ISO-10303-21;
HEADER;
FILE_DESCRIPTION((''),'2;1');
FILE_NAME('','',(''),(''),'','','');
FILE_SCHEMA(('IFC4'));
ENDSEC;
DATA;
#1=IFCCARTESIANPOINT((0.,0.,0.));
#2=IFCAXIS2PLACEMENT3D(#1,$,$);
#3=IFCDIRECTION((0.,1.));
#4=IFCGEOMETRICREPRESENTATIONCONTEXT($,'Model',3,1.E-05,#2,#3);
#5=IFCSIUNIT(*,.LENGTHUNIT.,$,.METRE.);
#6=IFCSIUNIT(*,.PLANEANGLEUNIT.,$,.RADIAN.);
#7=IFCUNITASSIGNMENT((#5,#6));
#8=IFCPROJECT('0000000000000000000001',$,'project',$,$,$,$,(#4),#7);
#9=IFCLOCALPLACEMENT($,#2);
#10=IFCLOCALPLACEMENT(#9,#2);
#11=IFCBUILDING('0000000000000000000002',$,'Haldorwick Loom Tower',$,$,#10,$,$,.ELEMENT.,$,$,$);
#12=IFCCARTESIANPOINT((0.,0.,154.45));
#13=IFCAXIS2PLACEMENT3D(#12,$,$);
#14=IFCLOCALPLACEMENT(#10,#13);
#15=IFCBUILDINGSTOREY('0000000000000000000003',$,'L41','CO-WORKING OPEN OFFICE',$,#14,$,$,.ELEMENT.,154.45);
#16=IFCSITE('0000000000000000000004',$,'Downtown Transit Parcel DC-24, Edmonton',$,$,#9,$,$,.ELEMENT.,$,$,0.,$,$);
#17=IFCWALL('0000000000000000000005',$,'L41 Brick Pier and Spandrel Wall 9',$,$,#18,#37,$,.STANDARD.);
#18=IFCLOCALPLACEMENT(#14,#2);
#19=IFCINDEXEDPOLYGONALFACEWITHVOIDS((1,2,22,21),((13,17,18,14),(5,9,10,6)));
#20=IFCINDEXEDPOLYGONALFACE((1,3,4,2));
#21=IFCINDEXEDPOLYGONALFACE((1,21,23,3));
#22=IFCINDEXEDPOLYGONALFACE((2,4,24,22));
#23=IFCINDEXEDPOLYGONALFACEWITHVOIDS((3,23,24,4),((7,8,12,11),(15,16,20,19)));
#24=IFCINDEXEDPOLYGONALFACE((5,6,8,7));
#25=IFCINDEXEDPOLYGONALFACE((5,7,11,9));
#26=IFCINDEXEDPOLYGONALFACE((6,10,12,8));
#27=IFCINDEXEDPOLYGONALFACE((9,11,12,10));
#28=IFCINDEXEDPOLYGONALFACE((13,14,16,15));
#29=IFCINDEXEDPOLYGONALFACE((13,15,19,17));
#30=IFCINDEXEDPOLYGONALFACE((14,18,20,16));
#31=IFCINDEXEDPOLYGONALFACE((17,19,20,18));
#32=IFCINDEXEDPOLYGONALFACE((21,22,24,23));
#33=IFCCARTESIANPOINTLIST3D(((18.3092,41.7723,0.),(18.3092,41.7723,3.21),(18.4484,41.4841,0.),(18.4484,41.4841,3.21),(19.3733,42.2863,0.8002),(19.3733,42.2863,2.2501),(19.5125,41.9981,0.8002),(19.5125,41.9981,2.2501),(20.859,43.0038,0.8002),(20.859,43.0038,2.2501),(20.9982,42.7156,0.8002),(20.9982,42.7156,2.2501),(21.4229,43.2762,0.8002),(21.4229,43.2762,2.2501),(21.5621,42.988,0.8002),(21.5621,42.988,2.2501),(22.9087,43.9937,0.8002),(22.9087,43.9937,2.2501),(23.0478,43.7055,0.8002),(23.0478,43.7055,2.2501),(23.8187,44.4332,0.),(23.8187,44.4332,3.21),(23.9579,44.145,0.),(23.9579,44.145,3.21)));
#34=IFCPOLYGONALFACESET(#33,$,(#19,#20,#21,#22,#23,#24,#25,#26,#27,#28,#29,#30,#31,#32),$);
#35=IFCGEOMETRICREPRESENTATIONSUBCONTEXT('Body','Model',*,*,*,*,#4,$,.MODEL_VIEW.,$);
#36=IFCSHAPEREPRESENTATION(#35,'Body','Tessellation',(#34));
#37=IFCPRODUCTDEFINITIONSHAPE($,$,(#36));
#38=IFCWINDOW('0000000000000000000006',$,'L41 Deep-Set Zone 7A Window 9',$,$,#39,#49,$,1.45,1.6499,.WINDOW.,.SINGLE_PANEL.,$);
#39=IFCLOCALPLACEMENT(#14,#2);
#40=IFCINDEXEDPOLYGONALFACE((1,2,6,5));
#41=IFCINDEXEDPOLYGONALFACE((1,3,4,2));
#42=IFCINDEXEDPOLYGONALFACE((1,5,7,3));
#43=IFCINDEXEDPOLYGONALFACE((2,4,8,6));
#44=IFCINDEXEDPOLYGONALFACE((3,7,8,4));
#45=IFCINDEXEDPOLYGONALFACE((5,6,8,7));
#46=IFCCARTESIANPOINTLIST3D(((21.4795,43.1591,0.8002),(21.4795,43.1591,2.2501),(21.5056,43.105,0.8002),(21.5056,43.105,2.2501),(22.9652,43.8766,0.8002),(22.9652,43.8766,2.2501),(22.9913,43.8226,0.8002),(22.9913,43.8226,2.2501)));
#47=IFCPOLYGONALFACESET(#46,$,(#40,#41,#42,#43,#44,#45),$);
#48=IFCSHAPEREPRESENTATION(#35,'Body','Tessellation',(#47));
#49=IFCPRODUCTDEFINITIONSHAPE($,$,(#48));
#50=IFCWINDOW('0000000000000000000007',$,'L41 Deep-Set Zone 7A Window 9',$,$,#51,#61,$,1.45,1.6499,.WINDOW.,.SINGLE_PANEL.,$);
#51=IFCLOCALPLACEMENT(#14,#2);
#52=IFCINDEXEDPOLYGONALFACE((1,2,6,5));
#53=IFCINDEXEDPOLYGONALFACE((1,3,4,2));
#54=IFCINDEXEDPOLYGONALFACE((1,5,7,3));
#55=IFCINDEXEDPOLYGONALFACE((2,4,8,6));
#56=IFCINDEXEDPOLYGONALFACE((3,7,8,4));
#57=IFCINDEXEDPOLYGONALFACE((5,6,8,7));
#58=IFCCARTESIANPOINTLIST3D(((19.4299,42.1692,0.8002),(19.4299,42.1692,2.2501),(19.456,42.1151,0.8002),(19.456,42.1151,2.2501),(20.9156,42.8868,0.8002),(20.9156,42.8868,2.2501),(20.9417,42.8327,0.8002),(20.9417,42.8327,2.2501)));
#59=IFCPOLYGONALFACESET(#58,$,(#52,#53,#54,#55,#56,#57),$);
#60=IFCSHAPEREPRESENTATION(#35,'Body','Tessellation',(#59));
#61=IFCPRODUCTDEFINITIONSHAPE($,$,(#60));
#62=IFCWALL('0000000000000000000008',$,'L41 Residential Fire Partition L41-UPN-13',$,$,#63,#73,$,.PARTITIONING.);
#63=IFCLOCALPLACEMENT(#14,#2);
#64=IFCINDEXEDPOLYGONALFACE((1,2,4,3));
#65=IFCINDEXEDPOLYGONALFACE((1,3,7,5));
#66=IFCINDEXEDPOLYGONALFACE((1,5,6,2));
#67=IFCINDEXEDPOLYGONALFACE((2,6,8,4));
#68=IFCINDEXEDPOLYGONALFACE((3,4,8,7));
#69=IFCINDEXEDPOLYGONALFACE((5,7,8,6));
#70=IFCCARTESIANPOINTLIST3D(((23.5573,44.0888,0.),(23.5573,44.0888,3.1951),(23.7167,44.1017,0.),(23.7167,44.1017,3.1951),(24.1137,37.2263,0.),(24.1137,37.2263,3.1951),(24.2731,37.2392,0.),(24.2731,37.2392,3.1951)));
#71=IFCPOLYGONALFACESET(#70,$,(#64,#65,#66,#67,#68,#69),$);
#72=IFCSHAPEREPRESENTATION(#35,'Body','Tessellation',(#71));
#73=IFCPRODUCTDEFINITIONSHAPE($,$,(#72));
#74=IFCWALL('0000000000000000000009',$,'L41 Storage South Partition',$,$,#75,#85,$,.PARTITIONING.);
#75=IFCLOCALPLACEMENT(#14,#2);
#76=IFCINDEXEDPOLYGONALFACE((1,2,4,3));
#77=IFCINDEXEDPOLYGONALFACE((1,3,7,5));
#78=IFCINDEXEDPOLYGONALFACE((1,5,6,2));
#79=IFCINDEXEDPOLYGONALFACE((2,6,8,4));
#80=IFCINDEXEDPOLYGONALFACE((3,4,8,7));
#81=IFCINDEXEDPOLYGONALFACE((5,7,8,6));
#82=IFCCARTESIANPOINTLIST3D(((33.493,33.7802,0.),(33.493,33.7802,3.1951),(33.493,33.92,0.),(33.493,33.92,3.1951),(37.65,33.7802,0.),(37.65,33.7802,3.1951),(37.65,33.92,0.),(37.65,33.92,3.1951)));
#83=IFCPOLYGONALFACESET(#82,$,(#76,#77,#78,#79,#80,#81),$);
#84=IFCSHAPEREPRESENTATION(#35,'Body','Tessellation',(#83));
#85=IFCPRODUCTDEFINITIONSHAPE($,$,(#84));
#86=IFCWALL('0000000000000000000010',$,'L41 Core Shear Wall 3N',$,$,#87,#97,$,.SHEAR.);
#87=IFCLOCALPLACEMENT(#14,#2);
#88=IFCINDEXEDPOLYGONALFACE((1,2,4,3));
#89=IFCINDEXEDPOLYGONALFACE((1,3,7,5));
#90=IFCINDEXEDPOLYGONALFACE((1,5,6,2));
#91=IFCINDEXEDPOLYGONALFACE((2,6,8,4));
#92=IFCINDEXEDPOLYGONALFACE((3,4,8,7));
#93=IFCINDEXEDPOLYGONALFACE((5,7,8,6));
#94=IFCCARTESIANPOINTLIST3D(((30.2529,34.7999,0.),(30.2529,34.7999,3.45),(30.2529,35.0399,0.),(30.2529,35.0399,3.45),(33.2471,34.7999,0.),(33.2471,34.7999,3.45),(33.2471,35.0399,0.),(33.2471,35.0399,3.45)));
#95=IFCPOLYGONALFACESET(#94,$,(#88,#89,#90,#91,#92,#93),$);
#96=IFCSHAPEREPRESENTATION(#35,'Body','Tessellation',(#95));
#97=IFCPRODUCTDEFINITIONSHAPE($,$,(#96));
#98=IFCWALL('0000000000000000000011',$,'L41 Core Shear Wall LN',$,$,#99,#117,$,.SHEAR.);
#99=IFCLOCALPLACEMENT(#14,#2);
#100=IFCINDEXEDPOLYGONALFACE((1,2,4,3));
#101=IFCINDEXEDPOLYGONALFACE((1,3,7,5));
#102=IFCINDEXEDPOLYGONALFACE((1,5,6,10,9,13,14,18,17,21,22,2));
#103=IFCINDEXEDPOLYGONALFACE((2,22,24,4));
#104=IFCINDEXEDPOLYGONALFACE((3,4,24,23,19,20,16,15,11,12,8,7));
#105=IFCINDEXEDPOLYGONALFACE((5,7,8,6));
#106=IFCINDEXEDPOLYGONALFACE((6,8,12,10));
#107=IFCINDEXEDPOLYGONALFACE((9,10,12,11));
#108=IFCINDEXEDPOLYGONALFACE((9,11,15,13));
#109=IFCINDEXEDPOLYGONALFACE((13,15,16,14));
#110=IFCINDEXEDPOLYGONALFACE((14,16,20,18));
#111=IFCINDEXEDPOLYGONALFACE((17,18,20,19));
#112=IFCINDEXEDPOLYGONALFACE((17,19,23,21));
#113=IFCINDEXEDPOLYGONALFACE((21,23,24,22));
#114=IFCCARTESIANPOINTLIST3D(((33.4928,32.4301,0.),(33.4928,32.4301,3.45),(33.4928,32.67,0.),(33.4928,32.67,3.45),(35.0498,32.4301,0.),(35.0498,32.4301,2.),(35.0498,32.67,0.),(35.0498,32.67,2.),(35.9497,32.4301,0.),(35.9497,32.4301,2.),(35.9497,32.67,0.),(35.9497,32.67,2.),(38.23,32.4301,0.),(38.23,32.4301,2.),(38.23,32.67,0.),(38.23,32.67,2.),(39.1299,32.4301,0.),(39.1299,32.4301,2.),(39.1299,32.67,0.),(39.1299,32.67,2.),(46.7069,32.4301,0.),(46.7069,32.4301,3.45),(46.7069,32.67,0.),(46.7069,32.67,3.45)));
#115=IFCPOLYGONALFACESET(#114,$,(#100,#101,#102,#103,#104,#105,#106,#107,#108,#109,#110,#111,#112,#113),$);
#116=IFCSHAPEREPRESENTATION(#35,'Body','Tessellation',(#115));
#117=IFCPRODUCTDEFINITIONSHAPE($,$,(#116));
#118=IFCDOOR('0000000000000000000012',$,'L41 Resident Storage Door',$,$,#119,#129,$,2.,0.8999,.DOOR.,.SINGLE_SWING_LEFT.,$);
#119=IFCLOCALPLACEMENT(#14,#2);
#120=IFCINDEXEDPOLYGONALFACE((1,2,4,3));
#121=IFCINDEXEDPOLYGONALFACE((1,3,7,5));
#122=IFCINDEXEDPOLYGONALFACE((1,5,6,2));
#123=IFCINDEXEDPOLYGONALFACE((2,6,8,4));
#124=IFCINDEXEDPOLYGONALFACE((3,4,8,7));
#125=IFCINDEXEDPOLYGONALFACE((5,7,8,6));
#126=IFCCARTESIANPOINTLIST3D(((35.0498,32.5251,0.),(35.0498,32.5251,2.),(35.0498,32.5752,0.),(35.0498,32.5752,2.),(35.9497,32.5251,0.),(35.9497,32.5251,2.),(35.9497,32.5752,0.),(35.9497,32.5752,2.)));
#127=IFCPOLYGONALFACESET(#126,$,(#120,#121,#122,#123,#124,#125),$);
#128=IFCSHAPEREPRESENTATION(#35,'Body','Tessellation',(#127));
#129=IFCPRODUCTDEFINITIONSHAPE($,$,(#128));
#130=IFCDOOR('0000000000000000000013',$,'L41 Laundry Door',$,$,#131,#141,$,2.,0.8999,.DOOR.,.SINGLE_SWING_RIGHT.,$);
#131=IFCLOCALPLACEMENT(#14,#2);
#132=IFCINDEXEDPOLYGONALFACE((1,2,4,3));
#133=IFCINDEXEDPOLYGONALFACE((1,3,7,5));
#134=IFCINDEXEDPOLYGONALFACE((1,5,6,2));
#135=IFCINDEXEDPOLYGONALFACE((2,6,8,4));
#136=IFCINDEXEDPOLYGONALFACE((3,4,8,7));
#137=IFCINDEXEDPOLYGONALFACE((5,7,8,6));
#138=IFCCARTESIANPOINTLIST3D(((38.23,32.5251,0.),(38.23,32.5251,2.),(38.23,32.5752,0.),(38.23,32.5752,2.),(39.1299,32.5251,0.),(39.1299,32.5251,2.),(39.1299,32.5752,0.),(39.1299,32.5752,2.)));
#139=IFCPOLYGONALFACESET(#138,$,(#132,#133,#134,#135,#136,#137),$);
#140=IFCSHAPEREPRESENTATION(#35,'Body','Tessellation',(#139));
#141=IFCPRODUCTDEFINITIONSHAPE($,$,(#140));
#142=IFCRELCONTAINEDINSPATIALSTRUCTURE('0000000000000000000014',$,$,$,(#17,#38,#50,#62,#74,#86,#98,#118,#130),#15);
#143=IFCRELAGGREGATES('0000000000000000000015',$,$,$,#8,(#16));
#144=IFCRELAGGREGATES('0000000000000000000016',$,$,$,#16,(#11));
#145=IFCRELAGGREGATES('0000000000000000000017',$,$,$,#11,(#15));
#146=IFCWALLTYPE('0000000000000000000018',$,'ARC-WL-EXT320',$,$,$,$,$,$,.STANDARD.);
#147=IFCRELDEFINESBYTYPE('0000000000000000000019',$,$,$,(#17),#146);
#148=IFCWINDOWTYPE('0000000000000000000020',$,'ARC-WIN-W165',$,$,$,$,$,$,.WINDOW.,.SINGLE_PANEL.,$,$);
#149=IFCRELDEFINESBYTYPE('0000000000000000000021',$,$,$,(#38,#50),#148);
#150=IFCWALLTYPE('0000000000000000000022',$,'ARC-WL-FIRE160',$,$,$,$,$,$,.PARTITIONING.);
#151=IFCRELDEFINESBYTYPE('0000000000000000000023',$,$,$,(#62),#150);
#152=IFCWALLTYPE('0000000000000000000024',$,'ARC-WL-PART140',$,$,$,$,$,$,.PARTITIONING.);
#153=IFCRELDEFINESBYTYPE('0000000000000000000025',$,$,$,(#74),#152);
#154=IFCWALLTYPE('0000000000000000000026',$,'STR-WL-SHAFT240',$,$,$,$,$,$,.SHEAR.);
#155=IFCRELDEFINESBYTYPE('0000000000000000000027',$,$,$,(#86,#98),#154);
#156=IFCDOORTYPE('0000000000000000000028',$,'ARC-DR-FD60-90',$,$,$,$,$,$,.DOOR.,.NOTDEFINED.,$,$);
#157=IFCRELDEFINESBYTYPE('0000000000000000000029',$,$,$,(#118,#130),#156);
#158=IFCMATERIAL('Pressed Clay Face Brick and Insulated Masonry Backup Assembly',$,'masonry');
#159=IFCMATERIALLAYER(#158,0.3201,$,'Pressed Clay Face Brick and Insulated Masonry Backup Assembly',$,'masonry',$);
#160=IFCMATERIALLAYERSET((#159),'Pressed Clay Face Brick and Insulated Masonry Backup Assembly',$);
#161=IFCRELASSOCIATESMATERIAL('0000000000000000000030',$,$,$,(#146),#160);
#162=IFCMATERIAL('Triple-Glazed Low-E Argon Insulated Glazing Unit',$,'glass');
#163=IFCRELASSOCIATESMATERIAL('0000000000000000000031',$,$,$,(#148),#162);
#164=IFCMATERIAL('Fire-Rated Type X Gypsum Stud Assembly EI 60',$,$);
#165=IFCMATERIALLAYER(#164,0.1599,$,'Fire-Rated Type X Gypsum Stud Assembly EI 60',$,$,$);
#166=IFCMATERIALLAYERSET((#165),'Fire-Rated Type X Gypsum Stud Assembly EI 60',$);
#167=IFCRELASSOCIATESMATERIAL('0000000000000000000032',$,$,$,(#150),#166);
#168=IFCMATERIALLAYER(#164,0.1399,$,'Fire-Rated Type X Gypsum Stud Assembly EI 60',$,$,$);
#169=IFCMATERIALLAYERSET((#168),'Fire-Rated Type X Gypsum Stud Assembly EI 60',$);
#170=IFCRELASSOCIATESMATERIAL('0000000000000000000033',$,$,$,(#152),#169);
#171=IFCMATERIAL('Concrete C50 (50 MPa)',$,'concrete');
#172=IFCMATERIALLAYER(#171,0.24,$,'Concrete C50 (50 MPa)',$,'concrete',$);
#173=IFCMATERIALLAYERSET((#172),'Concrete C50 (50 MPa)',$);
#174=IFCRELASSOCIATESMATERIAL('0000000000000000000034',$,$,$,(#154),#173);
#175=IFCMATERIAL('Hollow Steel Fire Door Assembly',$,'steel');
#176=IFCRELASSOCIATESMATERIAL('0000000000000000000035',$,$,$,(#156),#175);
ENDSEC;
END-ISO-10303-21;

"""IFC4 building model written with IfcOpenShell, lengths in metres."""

from ifc_helpers import new_model, si_unit, direction, frame, frame_2d, origin, place, context, subcontext, project, spatial, rectangle, extrude, material, layer, layer_set, type_object, element, fill, save


model = new_model("IFC4")

# Units and contexts
model_context = context("Model", 3, precision=1e-05, world=origin(), true_north=direction((0.0, 1.0)))
body_context = subcontext(model_context, "Body", "Model", "MODEL_VIEW")
ifc_project = project(units=[si_unit("LENGTHUNIT", "METRE"), si_unit("PLANEANGLEUNIT", "RADIAN")], contexts=[model_context])

# Site, building, storey
site_placement = place(None, origin())
site = spatial("IfcSite", under=ifc_project, at=site_placement, Name="Downtown Transit Parcel DC-24, Edmonton", CompositionType="ELEMENT", RefElevation=0.0)
building_placement = place(site_placement, origin())
building = spatial("IfcBuilding", under=site, at=building_placement, Name="Haldorwick Loom Tower", CompositionType="ELEMENT")
storey_placement = place(building_placement, frame((0.0, 0.0, 154.45)))
storey = spatial("IfcBuildingStorey", under=building, at=storey_placement, Name="L41", Description="CO-WORKING OPEN OFFICE", CompositionType="ELEMENT", Elevation=154.45)

# Shared definitions
ifc_material_1 = material(Name="Pressed Clay Face Brick and Insulated Masonry Backup Assembly", Category="masonry")
ifc_layer_1 = layer(ifc_material_1, 0.3201, Name="Pressed Clay Face Brick and Insulated Masonry Backup Assembly", Category="masonry")
ifc_layer_set_1 = layer_set([ifc_layer_1], Name="Pressed Clay Face Brick and Insulated Masonry Backup Assembly")
wall_type_1 = type_object("IfcWallType", Name="ARC-WL-EXT320", PredefinedType="STANDARD", material=ifc_layer_set_1)

# Wall, openings, windows
wall_1_placement = place(storey_placement, frame((23.8882, 44.2891, 0.0), z_axis=(0.0, 0.0, 1.0), x_axis=(-0.90048, -0.434897, 0.0)))
wall_1 = element("IfcWall", 1, at=wall_1_placement, inside=storey, type_object=wall_type_1, Name="L41 Brick Pier and Spandrel Wall 9", PredefinedType="STANDARD", context=body_context, shape_type="SweptSolid", body=[
    extrude(rectangle(XDim=6.1184, YDim=0.3201, at=frame_2d((3.0591, 0.0))), origin(), (0.0, 0.0, 1.0), 3.21),
])
opening_1_placement = place(wall_1_placement, frame((1.0105, 0.0, 0.8)))
opening_1 = element("IfcOpeningElement", 2, at=opening_1_placement, cuts=wall_1, PredefinedType="OPENING", context=body_context, shape_type="SweptSolid", body=[
    extrude(rectangle(XDim=1.6499, YDim=1.45, at=frame_2d((0.825, 0.7251))), frame((0.0, 0.1699, 0.0), z_axis=(0.0, -1.0, 0.0), x_axis=(1.0, 0.0, 0.0)), (0.0, 0.0, 1.0), 0.3401),
])
opening_2_placement = place(wall_1_placement, frame((3.2866, 0.0, 0.8)))
opening_2 = element("IfcOpeningElement", 3, at=opening_2_placement, cuts=wall_1, PredefinedType="OPENING", context=body_context, shape_type="SweptSolid", body=[
    extrude(rectangle(XDim=1.6499, YDim=1.45, at=frame_2d((0.825, 0.7251))), frame((0.0, 0.1699, 0.0), z_axis=(0.0, -1.0, 0.0), x_axis=(1.0, 0.0, 0.0)), (0.0, 0.0, 1.0), 0.3401),
])
ifc_material_2 = material(Name="Triple-Glazed Low-E Argon Insulated Glazing Unit", Category="glass")
window_type = type_object("IfcWindowType", Name="ARC-WIN-W165", PartitioningType="SINGLE_PANEL", PredefinedType="WINDOW", material=ifc_material_2)
window_1_placement = place(opening_1_placement, origin())
window_1 = element("IfcWindow", 4, at=window_1_placement, inside=storey, type_object=window_type, Name="L41 Deep-Set Zone 7A Window 9", OverallHeight=1.45, OverallWidth=1.6499, PartitioningType="SINGLE_PANEL", PredefinedType="WINDOW", context=body_context, shape_type="SweptSolid", body=[
    extrude(rectangle(XDim=1.6499, YDim=1.45, at=frame_2d((0.825, 0.7251))), frame((0.0, 0.03, 0.0), z_axis=(0.0, -1.0, 0.0), x_axis=(1.0, 0.0, 0.0)), (0.0, 0.0, 1.0), 0.0601),
])
fill(opening_1, window_1)
window_2_placement = place(opening_2_placement, origin())
window_2 = element("IfcWindow", 5, at=window_2_placement, inside=storey, type_object=window_type, Name="L41 Deep-Set Zone 7A Window 9", OverallHeight=1.45, OverallWidth=1.6499, PartitioningType="SINGLE_PANEL", PredefinedType="WINDOW", context=body_context, shape_type="SweptSolid", body=[
    extrude(rectangle(XDim=1.6499, YDim=1.45, at=frame_2d((0.825, 0.7251))), frame((0.0, 0.03, 0.0), z_axis=(0.0, -1.0, 0.0), x_axis=(1.0, 0.0, 0.0)), (0.0, 0.0, 1.0), 0.0601),
])
fill(opening_2, window_2)

# Walls
ifc_material_3 = material(Name="Fire-Rated Type X Gypsum Stud Assembly EI 60")
ifc_layer_2 = layer(ifc_material_3, 0.1599, Name="Fire-Rated Type X Gypsum Stud Assembly EI 60")
ifc_layer_set_2 = layer_set([ifc_layer_2], Name="Fire-Rated Type X Gypsum Stud Assembly EI 60")
wall_type_2 = type_object("IfcWallType", Name="ARC-WL-FIRE160", PredefinedType="PARTITIONING", material=ifc_layer_set_2)
wall_2_placement = place(storey_placement, frame((24.1934, 37.2329, 0.0), z_axis=(0.0, 0.0, 1.0), x_axis=(-0.080812, 0.996729, 0.0)))
element("IfcWall", 6, at=wall_2_placement, inside=storey, type_object=wall_type_2, Name="L41 Residential Fire Partition L41-UPN-13", PredefinedType="PARTITIONING", context=body_context, shape_type="SweptSolid", body=[
    extrude(rectangle(XDim=6.885, YDim=0.1599, at=frame_2d((3.4424, 0.0))), origin(), (0.0, 0.0, 1.0), 3.1951),
])
ifc_layer_3 = layer(ifc_material_3, 0.1399, Name="Fire-Rated Type X Gypsum Stud Assembly EI 60")
ifc_layer_set_3 = layer_set([ifc_layer_3], Name="Fire-Rated Type X Gypsum Stud Assembly EI 60")
wall_type_3 = type_object("IfcWallType", Name="ARC-WL-PART140", PredefinedType="PARTITIONING", material=ifc_layer_set_3)
wall_3_placement = place(storey_placement, frame((33.4929, 33.8501, 0.0), z_axis=(0.0, 0.0, 1.0), x_axis=(1.0, 0.0, 0.0)))
element("IfcWall", 7, at=wall_3_placement, inside=storey, type_object=wall_type_3, Name="L41 Storage South Partition", PredefinedType="PARTITIONING", context=body_context, shape_type="SweptSolid", body=[
    extrude(rectangle(XDim=4.157, YDim=0.1399, at=frame_2d((2.0786, 0.0))), origin(), (0.0, 0.0, 1.0), 3.1951),
])
ifc_material_4 = material(Name="Concrete C50 (50 MPa)", Category="concrete")
ifc_layer_4 = layer(ifc_material_4, 0.24, Name="Concrete C50 (50 MPa)", Category="concrete")
ifc_layer_set_4 = layer_set([ifc_layer_4], Name="Concrete C50 (50 MPa)")
wall_type_4 = type_object("IfcWallType", Name="STR-WL-SHAFT240", PredefinedType="SHEAR", material=ifc_layer_set_4)
wall_4_placement = place(storey_placement, frame((30.2529, 34.9199, 0.0), z_axis=(0.0, 0.0, 1.0), x_axis=(1.0, 0.0, 0.0)))
element("IfcWall", 8, at=wall_4_placement, inside=storey, type_object=wall_type_4, Name="L41 Core Shear Wall 3N", PredefinedType="SHEAR", context=body_context, shape_type="SweptSolid", body=[
    extrude(rectangle(XDim=2.9941, YDim=0.24, at=frame_2d((1.4971, 0.0))), origin(), (0.0, 0.0, 1.0), 3.45),
])

# Wall, openings, doors
wall_5_placement = place(storey_placement, frame((33.4929, 32.55, 0.0), z_axis=(0.0, 0.0, 1.0), x_axis=(1.0, 0.0, 0.0)))
wall_5 = element("IfcWall", 9, at=wall_5_placement, inside=storey, type_object=wall_type_4, Name="L41 Core Shear Wall LN", PredefinedType="SHEAR", context=body_context, shape_type="SweptSolid", body=[
    extrude(rectangle(XDim=13.2141, YDim=0.24, at=frame_2d((6.6069, 0.0))), origin(), (0.0, 0.0, 1.0), 3.45),
])
opening_3_placement = place(wall_5_placement, frame((1.5569, 0.0, 0.0)))
opening_3 = element("IfcOpeningElement", 10, at=opening_3_placement, cuts=wall_5, PredefinedType="OPENING", context=body_context, shape_type="SweptSolid", body=[
    extrude(rectangle(XDim=0.8999, YDim=2.0, at=frame_2d((0.45, 1.0))), frame((0.0, 0.1299, 0.0), z_axis=(0.0, -1.0, 0.0), x_axis=(1.0, 0.0, 0.0)), (0.0, 0.0, 1.0), 0.26),
])
opening_4_placement = place(wall_5_placement, frame((4.7371, 0.0, 0.0)))
opening_4 = element("IfcOpeningElement", 11, at=opening_4_placement, cuts=wall_5, PredefinedType="OPENING", context=body_context, shape_type="SweptSolid", body=[
    extrude(rectangle(XDim=0.8999, YDim=2.0, at=frame_2d((0.45, 1.0))), frame((0.0, 0.1299, 0.0), z_axis=(0.0, -1.0, 0.0), x_axis=(1.0, 0.0, 0.0)), (0.0, 0.0, 1.0), 0.26),
])
ifc_material_5 = material(Name="Hollow Steel Fire Door Assembly", Category="steel")
door_type = type_object("IfcDoorType", Name="ARC-DR-FD60-90", OperationType="NOTDEFINED", PredefinedType="DOOR", material=ifc_material_5)
door_1_placement = place(opening_3_placement, frame((0.8999, 0.0, 0.0), z_axis=(0.0, 0.0, 1.0), x_axis=(-1.0, 0.0, 0.0)))
door_1 = element("IfcDoor", 12, at=door_1_placement, inside=storey, type_object=door_type, Name="L41 Resident Storage Door", OperationType="SINGLE_SWING_LEFT", OverallHeight=2.0, OverallWidth=0.8999, PredefinedType="DOOR", context=body_context, shape_type="SweptSolid", body=[
    extrude(rectangle(XDim=0.8999, YDim=2.0, at=frame_2d((0.45, 1.0))), frame((0.0, 0.0249, 0.0), z_axis=(0.0, -1.0, 0.0), x_axis=(1.0, 0.0, 0.0)), (0.0, 0.0, 1.0), 0.05),
])
fill(opening_3, door_1)
door_2_placement = place(opening_4_placement, frame((0.8999, 0.0, 0.0), z_axis=(0.0, 0.0, 1.0), x_axis=(-1.0, 0.0, 0.0)))
door_2 = element("IfcDoor", 13, at=door_2_placement, inside=storey, type_object=door_type, Name="L41 Laundry Door", OperationType="SINGLE_SWING_RIGHT", OverallHeight=2.0, OverallWidth=0.8999, PredefinedType="DOOR", context=body_context, shape_type="SweptSolid", body=[
    extrude(rectangle(XDim=0.8999, YDim=2.0, at=frame_2d((0.45, 1.0))), frame((0.0, 0.0249, 0.0), z_axis=(0.0, -1.0, 0.0), x_axis=(1.0, 0.0, 0.0)), (0.0, 0.0, 1.0), 0.05),
])
fill(opening_4, door_2)

save(model, "model.ifc")
